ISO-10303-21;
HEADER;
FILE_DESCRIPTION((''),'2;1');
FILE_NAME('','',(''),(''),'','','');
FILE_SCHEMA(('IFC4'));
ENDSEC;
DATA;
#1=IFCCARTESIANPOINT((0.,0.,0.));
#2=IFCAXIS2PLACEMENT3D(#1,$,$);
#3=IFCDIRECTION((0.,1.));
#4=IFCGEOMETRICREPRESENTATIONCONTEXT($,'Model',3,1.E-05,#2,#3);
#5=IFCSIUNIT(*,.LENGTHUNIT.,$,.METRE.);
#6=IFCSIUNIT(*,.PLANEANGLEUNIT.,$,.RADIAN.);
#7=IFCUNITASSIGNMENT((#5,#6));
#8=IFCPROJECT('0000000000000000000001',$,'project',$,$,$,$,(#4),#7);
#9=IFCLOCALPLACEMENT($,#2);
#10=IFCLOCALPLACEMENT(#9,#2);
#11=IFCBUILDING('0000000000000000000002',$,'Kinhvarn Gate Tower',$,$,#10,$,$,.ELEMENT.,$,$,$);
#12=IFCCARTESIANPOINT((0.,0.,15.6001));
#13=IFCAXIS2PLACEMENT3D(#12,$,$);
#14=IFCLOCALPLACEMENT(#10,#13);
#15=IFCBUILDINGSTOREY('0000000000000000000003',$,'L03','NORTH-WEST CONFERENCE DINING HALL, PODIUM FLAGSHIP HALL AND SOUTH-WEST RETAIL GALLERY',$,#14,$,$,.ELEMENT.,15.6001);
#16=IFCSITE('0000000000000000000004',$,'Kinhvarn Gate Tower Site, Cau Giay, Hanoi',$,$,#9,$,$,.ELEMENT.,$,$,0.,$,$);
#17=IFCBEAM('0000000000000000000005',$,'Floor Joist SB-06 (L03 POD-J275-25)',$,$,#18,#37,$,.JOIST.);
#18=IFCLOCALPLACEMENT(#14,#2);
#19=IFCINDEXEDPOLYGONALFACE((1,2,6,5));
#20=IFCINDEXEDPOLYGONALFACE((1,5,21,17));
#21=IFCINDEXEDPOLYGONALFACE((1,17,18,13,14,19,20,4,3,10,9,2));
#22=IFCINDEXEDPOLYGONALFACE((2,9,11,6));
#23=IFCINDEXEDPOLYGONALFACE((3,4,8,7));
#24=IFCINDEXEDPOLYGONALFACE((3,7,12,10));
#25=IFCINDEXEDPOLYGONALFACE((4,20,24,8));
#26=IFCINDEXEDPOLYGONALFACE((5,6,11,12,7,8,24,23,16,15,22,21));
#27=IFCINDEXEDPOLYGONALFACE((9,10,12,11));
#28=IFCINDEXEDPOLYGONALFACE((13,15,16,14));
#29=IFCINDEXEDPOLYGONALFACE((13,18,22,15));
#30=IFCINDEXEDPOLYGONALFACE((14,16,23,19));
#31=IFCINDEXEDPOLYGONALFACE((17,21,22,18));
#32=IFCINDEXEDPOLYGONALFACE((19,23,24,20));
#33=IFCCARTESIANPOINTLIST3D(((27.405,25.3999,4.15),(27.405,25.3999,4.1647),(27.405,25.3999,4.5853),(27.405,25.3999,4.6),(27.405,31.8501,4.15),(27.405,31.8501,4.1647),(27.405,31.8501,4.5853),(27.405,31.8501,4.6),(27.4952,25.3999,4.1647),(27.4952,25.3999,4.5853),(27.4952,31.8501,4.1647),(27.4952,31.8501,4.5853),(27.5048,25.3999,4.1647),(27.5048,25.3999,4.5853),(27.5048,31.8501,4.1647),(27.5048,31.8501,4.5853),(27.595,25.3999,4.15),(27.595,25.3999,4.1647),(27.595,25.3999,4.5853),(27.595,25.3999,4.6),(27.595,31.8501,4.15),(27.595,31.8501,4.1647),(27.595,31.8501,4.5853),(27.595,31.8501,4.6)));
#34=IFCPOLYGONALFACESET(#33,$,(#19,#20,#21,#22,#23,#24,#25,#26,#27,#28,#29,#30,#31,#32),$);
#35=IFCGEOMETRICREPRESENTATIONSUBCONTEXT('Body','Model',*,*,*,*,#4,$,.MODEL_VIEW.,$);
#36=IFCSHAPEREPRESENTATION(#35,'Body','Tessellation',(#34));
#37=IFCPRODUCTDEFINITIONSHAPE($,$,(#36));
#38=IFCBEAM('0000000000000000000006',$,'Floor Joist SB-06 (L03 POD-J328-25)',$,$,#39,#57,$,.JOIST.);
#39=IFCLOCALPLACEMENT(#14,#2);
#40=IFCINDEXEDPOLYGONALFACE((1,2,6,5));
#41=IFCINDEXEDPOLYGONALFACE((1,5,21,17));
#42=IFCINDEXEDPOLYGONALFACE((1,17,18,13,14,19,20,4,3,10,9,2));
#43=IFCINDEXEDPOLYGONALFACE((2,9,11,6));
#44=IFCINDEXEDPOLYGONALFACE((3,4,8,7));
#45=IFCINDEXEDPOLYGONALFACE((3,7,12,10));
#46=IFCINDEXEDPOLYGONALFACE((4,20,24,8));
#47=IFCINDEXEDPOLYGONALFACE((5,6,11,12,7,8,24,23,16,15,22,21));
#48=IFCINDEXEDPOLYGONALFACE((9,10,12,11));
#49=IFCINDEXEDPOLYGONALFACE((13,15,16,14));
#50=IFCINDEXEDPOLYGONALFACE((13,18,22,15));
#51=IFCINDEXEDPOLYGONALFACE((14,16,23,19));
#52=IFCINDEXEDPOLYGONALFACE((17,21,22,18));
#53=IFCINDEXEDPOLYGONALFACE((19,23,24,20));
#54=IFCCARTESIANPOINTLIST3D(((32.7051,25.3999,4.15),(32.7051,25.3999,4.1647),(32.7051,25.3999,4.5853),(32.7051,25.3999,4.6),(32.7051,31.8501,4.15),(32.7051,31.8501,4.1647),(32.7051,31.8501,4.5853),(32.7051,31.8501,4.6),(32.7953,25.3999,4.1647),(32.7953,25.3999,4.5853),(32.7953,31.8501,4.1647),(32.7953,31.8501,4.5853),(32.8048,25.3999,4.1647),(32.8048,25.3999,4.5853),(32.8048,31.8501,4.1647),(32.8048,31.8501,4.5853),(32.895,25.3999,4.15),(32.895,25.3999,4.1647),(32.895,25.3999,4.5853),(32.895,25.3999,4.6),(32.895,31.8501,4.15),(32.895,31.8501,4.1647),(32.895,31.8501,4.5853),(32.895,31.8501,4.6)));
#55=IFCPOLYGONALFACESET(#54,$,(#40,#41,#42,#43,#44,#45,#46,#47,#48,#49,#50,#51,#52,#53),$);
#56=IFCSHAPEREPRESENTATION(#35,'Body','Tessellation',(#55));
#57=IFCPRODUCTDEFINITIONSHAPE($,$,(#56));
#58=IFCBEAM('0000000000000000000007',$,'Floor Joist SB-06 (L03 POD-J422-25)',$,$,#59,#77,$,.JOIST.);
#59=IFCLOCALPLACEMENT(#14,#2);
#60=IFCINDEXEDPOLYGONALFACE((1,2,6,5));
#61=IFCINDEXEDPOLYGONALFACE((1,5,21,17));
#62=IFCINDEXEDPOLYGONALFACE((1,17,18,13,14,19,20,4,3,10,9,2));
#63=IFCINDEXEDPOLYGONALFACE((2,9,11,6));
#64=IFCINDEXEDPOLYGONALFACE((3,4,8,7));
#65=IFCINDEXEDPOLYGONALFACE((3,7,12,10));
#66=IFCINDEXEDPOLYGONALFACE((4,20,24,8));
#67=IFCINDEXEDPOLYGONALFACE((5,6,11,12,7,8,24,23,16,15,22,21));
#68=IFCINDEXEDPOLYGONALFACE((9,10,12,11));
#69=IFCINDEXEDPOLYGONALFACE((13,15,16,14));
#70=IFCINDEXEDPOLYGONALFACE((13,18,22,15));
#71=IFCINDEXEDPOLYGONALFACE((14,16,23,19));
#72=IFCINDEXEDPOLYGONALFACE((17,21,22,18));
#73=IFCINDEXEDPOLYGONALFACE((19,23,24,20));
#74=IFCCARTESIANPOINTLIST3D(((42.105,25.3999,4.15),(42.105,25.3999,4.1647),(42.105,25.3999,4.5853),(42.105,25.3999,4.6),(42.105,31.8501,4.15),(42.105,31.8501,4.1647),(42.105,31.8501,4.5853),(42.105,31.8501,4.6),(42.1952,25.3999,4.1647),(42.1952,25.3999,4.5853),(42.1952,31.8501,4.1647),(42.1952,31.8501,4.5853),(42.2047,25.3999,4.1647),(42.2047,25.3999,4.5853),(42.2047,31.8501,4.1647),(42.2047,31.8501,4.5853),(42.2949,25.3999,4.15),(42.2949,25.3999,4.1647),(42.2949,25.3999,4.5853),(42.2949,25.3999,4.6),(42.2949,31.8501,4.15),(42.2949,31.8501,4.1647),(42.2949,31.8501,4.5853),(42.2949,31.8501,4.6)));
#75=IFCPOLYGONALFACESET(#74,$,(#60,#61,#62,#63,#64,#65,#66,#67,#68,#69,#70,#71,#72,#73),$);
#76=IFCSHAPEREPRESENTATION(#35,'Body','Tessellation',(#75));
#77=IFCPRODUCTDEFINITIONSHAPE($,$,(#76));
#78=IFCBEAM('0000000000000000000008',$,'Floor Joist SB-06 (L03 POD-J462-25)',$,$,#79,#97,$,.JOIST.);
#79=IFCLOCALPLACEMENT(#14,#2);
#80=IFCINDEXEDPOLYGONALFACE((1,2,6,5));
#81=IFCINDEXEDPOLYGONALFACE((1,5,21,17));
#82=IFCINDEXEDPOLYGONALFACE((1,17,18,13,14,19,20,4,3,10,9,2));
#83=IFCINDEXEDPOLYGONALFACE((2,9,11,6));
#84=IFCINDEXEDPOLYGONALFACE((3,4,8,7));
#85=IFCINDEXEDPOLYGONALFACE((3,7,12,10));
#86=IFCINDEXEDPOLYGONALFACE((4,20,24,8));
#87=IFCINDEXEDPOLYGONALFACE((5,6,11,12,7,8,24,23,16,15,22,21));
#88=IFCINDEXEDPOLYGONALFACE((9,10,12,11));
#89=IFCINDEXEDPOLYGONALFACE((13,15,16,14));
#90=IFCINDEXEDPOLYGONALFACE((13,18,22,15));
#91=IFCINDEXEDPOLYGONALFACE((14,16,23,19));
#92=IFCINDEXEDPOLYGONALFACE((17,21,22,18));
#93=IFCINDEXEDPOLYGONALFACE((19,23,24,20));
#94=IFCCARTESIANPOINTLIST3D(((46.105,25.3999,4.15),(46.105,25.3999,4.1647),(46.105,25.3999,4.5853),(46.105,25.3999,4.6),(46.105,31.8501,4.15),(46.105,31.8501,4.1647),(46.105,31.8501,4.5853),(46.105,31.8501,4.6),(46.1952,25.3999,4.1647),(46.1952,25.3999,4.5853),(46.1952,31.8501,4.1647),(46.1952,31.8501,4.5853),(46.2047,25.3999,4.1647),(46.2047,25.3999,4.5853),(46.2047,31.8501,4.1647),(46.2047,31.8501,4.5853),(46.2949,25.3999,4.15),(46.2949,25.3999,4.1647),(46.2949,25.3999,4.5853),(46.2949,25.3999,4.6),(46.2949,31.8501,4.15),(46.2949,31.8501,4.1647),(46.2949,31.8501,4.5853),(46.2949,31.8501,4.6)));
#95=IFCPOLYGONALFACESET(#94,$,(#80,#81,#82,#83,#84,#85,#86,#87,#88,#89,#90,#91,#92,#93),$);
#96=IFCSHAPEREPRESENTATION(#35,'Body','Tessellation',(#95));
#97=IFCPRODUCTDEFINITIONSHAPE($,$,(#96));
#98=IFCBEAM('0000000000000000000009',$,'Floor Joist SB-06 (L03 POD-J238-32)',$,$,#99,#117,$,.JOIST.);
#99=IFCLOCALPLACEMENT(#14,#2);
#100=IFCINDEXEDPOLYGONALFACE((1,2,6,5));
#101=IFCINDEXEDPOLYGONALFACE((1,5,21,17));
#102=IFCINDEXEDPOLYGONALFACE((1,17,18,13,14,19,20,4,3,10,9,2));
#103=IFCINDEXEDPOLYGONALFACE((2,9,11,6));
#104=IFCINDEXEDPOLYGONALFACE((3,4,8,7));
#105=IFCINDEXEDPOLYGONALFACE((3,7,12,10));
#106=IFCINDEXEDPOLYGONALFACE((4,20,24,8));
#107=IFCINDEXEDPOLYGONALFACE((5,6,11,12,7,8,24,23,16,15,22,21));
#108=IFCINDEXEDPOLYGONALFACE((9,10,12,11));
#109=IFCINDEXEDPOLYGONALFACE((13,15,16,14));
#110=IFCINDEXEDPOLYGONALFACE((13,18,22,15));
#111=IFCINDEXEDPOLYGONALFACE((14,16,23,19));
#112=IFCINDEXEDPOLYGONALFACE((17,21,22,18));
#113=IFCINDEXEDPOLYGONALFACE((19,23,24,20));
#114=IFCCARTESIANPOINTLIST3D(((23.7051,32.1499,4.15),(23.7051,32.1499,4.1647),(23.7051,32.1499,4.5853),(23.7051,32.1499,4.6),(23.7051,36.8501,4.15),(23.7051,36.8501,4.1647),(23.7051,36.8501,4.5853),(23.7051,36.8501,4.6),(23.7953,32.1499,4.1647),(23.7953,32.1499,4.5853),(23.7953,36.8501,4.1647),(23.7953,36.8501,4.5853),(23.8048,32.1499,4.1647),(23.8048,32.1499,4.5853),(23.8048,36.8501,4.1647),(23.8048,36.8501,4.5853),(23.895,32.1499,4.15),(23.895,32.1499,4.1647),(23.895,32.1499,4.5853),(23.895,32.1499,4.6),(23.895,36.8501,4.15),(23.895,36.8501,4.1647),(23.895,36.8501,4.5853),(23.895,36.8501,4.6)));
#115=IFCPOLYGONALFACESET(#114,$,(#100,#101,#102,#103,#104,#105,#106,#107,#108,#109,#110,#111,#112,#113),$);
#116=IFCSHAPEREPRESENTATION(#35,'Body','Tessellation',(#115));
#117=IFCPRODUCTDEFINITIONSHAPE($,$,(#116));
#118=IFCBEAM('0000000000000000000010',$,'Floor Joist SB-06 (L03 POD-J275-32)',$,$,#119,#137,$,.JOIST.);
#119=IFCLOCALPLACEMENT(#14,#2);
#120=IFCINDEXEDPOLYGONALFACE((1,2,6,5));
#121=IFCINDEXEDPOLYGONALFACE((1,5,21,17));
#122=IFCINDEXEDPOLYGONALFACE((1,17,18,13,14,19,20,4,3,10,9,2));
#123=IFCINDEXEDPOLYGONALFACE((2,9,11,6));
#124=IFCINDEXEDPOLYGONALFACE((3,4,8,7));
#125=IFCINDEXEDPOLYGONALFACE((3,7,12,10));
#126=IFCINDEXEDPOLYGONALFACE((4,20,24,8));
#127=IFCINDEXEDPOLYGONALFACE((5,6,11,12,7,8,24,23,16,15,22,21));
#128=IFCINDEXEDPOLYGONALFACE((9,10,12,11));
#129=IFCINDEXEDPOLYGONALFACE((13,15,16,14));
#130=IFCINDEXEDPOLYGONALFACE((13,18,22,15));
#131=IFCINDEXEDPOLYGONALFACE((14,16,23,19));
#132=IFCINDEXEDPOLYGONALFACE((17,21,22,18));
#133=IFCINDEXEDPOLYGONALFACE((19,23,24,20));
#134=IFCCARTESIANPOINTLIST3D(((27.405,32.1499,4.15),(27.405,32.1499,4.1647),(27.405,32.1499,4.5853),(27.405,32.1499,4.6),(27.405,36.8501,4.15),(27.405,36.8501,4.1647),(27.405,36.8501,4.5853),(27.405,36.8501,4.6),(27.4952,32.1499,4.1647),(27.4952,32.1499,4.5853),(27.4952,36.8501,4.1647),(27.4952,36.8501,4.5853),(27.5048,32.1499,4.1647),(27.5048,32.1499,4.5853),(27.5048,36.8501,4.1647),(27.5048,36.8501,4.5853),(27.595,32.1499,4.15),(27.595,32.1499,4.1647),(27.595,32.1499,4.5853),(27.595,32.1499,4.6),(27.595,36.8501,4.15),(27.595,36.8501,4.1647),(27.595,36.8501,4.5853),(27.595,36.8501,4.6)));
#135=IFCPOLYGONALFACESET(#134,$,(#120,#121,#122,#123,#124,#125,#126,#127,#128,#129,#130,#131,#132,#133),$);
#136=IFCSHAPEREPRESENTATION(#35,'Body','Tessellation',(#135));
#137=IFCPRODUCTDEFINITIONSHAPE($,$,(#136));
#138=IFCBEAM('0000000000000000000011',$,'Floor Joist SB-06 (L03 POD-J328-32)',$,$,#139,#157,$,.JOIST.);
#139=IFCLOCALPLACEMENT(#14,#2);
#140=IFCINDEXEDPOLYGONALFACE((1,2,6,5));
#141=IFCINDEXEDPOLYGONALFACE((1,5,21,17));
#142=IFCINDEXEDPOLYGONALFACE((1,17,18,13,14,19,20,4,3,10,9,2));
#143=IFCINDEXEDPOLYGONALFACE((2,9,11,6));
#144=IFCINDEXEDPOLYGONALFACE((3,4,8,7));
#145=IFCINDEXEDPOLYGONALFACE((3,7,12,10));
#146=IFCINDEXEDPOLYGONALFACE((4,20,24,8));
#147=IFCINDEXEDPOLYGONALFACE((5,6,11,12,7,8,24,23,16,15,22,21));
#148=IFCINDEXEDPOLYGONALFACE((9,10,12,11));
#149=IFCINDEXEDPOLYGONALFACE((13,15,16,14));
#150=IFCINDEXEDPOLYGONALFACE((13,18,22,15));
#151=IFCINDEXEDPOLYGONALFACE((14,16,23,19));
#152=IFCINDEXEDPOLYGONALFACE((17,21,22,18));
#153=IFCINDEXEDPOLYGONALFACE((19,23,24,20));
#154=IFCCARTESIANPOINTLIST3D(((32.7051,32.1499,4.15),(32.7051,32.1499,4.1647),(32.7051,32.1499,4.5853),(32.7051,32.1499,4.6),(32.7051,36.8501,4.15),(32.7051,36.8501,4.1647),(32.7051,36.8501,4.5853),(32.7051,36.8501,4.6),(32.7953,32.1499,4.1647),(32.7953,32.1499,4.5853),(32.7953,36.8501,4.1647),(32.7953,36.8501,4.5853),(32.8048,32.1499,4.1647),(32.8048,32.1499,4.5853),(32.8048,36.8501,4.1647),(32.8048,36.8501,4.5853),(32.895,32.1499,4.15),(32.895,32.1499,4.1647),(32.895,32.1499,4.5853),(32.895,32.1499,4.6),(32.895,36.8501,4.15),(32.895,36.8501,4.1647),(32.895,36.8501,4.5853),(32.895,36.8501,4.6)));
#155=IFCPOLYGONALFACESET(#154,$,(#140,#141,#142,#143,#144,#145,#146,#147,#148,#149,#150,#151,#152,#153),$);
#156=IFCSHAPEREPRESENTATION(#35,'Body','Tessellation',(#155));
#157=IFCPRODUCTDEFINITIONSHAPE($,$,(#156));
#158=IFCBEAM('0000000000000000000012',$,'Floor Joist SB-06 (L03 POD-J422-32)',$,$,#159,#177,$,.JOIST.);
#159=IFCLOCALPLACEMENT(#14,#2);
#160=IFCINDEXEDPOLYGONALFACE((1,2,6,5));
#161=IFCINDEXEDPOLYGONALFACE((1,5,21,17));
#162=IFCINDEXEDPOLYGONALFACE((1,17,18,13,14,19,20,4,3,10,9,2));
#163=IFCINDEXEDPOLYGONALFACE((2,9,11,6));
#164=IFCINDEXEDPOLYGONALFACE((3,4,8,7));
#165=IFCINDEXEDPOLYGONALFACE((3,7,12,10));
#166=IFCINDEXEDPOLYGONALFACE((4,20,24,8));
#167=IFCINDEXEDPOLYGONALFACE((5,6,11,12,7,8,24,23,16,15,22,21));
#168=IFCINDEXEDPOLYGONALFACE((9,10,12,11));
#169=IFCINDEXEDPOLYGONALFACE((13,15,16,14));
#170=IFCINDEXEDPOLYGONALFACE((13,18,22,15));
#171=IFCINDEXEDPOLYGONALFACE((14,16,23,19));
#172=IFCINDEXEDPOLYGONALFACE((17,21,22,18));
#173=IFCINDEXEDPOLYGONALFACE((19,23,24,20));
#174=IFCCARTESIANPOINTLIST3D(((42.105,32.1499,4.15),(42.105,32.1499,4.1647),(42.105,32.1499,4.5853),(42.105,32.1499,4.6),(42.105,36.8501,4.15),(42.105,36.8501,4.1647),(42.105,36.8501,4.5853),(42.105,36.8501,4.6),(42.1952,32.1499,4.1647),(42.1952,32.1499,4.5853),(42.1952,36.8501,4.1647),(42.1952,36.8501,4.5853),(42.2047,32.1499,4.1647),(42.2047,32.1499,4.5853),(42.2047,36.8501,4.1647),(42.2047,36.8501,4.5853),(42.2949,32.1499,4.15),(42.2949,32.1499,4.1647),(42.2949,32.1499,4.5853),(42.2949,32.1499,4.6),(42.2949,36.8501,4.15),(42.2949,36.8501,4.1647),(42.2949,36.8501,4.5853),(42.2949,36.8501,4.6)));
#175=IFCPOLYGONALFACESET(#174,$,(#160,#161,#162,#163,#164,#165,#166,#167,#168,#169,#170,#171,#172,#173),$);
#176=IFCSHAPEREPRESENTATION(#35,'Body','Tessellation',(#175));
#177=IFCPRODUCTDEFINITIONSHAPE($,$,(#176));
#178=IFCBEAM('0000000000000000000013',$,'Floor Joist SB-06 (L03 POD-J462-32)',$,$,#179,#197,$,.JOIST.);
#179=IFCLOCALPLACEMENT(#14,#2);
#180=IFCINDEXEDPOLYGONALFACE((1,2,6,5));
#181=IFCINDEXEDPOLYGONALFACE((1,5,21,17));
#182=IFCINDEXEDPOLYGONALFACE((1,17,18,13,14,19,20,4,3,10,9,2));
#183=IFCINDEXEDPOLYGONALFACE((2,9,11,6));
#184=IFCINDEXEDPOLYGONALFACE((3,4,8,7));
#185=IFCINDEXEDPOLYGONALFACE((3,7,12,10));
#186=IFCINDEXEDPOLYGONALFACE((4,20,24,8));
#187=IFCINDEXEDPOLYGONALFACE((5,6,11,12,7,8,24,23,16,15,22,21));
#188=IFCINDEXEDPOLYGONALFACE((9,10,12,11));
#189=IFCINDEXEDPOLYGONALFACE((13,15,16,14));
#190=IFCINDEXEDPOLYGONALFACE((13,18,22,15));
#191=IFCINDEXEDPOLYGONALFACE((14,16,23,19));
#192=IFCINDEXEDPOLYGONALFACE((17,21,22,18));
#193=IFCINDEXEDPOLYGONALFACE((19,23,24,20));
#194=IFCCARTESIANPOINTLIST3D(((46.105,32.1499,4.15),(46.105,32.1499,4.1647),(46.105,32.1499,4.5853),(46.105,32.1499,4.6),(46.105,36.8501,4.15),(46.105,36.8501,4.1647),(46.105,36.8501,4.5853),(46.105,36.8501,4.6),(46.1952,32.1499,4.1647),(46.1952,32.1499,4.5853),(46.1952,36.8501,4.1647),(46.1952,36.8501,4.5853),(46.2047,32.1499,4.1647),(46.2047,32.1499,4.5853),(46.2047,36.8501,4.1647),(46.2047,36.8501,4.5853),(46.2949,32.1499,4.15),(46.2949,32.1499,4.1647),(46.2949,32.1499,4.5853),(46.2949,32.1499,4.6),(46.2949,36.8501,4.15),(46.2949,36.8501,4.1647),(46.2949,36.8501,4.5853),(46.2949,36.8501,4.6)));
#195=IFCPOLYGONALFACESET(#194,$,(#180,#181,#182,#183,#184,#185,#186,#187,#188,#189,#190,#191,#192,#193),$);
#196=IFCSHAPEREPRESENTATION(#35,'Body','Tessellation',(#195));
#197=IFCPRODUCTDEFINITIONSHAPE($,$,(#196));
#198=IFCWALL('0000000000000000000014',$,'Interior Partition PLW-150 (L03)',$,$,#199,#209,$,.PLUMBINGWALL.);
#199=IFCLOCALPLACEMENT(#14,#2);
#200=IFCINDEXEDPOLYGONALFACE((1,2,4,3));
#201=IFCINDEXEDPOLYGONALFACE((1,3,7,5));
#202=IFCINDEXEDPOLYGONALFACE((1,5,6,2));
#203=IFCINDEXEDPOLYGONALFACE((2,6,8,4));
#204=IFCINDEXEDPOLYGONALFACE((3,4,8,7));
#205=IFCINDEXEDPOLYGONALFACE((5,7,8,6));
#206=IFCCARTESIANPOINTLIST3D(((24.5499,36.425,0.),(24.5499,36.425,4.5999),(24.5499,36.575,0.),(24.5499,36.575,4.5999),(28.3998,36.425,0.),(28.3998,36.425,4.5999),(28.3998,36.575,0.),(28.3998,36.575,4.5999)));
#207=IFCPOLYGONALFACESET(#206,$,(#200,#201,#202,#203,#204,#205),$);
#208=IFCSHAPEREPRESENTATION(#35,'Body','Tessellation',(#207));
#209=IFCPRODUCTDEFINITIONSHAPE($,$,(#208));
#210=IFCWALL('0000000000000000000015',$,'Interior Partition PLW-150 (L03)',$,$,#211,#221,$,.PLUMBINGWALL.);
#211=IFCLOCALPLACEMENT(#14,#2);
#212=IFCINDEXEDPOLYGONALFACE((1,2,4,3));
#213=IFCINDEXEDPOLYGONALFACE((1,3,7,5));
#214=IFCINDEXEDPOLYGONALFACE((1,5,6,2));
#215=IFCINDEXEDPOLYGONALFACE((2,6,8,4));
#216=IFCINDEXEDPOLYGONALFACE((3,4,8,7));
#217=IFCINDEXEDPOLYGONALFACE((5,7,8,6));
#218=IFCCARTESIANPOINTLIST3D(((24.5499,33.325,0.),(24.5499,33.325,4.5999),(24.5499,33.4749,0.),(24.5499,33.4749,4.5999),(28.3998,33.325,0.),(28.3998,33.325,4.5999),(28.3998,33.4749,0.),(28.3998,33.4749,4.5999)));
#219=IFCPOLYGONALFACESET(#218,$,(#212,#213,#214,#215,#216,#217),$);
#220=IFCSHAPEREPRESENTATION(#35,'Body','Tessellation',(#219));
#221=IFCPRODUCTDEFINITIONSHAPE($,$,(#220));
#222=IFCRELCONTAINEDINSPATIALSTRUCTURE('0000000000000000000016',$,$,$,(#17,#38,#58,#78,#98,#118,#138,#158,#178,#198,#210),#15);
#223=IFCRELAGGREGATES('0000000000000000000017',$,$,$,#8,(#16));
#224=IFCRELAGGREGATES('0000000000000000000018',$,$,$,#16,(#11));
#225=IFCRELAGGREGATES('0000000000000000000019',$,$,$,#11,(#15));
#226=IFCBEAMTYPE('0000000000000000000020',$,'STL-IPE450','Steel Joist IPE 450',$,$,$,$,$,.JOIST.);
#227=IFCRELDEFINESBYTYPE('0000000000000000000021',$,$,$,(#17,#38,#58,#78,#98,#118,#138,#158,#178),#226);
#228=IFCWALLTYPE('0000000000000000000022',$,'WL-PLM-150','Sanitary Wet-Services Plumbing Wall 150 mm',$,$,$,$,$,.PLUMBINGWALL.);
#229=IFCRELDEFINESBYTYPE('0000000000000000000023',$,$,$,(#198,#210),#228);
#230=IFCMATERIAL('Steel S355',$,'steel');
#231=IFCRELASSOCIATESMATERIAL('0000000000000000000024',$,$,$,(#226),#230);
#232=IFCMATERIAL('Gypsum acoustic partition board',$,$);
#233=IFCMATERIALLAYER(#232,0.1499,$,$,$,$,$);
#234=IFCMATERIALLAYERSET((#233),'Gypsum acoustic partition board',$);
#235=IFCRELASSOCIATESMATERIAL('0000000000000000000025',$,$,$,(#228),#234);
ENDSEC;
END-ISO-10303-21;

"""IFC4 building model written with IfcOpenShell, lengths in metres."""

from ifc_helpers import new_model, si_unit, direction, frame, frame_2d, origin, origin_2d, place, context, subcontext, project, spatial, rectangle, i_section, extrude, material, layer, layer_set, material_profile, profile_set, type_object, element, save


model = new_model("IFC4")

# Units and contexts
model_context = context("Model", 3, precision=1e-05, world=origin(), true_north=direction((0.0, 1.0)))
body_context = subcontext(model_context, "Body", "Model", "MODEL_VIEW")
ifc_project = project(units=[si_unit("LENGTHUNIT", "METRE"), si_unit("PLANEANGLEUNIT", "RADIAN")], contexts=[model_context])

# Site, building, storey
site_placement = place(None, origin())
site = spatial("IfcSite", under=ifc_project, at=site_placement, Name="Kinhvarn Gate Tower Site, Cau Giay, Hanoi", CompositionType="ELEMENT", RefElevation=0.0)
building_placement = place(site_placement, origin())
building = spatial("IfcBuilding", under=site, at=building_placement, Name="Kinhvarn Gate Tower", CompositionType="ELEMENT")
storey_placement = place(building_placement, frame((0.0, 0.0, 15.6001)))
storey = spatial("IfcBuildingStorey", under=building, at=storey_placement, Name="L03", Description="NORTH-WEST CONFERENCE DINING HALL, PODIUM FLAGSHIP HALL AND SOUTH-WEST RETAIL GALLERY", CompositionType="ELEMENT", Elevation=15.6001)

# Beams
ifc_material_1 = material(Name="Steel S355", Category="steel")
ifc_material_profile_1 = material_profile(ifc_material_1, i_section(OverallWidth=0.1899, OverallDepth=0.45, WebThickness=0.0095, FlangeThickness=0.0146, at=origin_2d()), Name="IPE 450")
ifc_profile_set_1 = profile_set([ifc_material_profile_1], Name="Steel S355")
beam_type_1 = type_object("IfcBeamType", Name="STL-IPE450", Description="Steel Joist IPE 450", PredefinedType="JOIST", material=ifc_profile_set_1)
for number, where, z_axis, x_axis, name in (
    (1, (27.5, 25.3999, 4.375), (0.0, 1.0, 0.0), (-1.0, 0.0, 0.0), "Floor Joist SB-06 (L03 POD-J275-25)"),
    (2, (32.8, 25.3999, 4.375), (0.0, 1.0, 0.0), (-1.0, 0.0, 0.0), "Floor Joist SB-06 (L03 POD-J328-25)"),
    (3, (42.2, 25.3999, 4.375), (0.0, 1.0, 0.0), (-1.0, 0.0, 0.0), "Floor Joist SB-06 (L03 POD-J422-25)"),
    (4, (46.2, 25.3999, 4.375), (0.0, 1.0, 0.0), (-1.0, 0.0, 0.0), "Floor Joist SB-06 (L03 POD-J462-25)"),
):
    element("IfcBeam", number, at=place(storey_placement, frame(where, z_axis=z_axis, x_axis=x_axis)), inside=storey, type_object=beam_type_1, Name=name, PredefinedType="JOIST", context=body_context, shape_type="SweptSolid", body=[
        extrude(i_section(OverallWidth=0.1899, OverallDepth=0.45, WebThickness=0.0095, FlangeThickness=0.0146, at=origin_2d()), origin(), (0.0, 0.0, 1.0), 6.4502),
    ])
for number, where, z_axis, x_axis, name in (
    (5, (23.8, 32.1499, 4.375), (0.0, 1.0, 0.0), (-1.0, 0.0, 0.0), "Floor Joist SB-06 (L03 POD-J238-32)"),
    (6, (27.5, 32.1499, 4.375), (0.0, 1.0, 0.0), (-1.0, 0.0, 0.0), "Floor Joist SB-06 (L03 POD-J275-32)"),
    (7, (32.8, 32.1499, 4.375), (0.0, 1.0, 0.0), (-1.0, 0.0, 0.0), "Floor Joist SB-06 (L03 POD-J328-32)"),
    (8, (42.2, 32.1499, 4.375), (0.0, 1.0, 0.0), (-1.0, 0.0, 0.0), "Floor Joist SB-06 (L03 POD-J422-32)"),
    (9, (46.2, 32.1499, 4.375), (0.0, 1.0, 0.0), (-1.0, 0.0, 0.0), "Floor Joist SB-06 (L03 POD-J462-32)"),
):
    element("IfcBeam", number, at=place(storey_placement, frame(where, z_axis=z_axis, x_axis=x_axis)), inside=storey, type_object=beam_type_1, Name=name, PredefinedType="JOIST", context=body_context, shape_type="SweptSolid", body=[
        extrude(i_section(OverallWidth=0.1899, OverallDepth=0.45, WebThickness=0.0095, FlangeThickness=0.0146, at=origin_2d()), origin(), (0.0, 0.0, 1.0), 4.7002),
    ])

# Walls
ifc_material_2 = material(Name="Gypsum acoustic partition board")
ifc_layer_1 = layer(ifc_material_2, 0.1499)
ifc_layer_set_1 = layer_set([ifc_layer_1], Name="Gypsum acoustic partition board")
wall_type_1 = type_object("IfcWallType", Name="WL-PLM-150", Description="Sanitary Wet-Services Plumbing Wall 150 mm", PredefinedType="PLUMBINGWALL", material=ifc_layer_set_1)
for number, where, z_axis, x_axis, name in (
    (10, (24.55, 36.5, 0.0), (0.0, 0.0, 1.0), (1.0, 0.0, 0.0), "Interior Partition PLW-150 (L03)"),
    (11, (24.55, 33.3999, 0.0), (0.0, 0.0, 1.0), (1.0, 0.0, 0.0), "Interior Partition PLW-150 (L03)"),
):
    element("IfcWall", number, at=place(storey_placement, frame(where, z_axis=z_axis, x_axis=x_axis)), inside=storey, type_object=wall_type_1, Name=name, PredefinedType="PLUMBINGWALL", context=body_context, shape_type="SweptSolid", body=[
        extrude(rectangle(XDim=3.8499, YDim=0.1499, at=frame_2d((1.9248, 0.0))), origin(), (0.0, 0.0, 1.0), 4.5999),
    ])

save(model, "model.ifc")
